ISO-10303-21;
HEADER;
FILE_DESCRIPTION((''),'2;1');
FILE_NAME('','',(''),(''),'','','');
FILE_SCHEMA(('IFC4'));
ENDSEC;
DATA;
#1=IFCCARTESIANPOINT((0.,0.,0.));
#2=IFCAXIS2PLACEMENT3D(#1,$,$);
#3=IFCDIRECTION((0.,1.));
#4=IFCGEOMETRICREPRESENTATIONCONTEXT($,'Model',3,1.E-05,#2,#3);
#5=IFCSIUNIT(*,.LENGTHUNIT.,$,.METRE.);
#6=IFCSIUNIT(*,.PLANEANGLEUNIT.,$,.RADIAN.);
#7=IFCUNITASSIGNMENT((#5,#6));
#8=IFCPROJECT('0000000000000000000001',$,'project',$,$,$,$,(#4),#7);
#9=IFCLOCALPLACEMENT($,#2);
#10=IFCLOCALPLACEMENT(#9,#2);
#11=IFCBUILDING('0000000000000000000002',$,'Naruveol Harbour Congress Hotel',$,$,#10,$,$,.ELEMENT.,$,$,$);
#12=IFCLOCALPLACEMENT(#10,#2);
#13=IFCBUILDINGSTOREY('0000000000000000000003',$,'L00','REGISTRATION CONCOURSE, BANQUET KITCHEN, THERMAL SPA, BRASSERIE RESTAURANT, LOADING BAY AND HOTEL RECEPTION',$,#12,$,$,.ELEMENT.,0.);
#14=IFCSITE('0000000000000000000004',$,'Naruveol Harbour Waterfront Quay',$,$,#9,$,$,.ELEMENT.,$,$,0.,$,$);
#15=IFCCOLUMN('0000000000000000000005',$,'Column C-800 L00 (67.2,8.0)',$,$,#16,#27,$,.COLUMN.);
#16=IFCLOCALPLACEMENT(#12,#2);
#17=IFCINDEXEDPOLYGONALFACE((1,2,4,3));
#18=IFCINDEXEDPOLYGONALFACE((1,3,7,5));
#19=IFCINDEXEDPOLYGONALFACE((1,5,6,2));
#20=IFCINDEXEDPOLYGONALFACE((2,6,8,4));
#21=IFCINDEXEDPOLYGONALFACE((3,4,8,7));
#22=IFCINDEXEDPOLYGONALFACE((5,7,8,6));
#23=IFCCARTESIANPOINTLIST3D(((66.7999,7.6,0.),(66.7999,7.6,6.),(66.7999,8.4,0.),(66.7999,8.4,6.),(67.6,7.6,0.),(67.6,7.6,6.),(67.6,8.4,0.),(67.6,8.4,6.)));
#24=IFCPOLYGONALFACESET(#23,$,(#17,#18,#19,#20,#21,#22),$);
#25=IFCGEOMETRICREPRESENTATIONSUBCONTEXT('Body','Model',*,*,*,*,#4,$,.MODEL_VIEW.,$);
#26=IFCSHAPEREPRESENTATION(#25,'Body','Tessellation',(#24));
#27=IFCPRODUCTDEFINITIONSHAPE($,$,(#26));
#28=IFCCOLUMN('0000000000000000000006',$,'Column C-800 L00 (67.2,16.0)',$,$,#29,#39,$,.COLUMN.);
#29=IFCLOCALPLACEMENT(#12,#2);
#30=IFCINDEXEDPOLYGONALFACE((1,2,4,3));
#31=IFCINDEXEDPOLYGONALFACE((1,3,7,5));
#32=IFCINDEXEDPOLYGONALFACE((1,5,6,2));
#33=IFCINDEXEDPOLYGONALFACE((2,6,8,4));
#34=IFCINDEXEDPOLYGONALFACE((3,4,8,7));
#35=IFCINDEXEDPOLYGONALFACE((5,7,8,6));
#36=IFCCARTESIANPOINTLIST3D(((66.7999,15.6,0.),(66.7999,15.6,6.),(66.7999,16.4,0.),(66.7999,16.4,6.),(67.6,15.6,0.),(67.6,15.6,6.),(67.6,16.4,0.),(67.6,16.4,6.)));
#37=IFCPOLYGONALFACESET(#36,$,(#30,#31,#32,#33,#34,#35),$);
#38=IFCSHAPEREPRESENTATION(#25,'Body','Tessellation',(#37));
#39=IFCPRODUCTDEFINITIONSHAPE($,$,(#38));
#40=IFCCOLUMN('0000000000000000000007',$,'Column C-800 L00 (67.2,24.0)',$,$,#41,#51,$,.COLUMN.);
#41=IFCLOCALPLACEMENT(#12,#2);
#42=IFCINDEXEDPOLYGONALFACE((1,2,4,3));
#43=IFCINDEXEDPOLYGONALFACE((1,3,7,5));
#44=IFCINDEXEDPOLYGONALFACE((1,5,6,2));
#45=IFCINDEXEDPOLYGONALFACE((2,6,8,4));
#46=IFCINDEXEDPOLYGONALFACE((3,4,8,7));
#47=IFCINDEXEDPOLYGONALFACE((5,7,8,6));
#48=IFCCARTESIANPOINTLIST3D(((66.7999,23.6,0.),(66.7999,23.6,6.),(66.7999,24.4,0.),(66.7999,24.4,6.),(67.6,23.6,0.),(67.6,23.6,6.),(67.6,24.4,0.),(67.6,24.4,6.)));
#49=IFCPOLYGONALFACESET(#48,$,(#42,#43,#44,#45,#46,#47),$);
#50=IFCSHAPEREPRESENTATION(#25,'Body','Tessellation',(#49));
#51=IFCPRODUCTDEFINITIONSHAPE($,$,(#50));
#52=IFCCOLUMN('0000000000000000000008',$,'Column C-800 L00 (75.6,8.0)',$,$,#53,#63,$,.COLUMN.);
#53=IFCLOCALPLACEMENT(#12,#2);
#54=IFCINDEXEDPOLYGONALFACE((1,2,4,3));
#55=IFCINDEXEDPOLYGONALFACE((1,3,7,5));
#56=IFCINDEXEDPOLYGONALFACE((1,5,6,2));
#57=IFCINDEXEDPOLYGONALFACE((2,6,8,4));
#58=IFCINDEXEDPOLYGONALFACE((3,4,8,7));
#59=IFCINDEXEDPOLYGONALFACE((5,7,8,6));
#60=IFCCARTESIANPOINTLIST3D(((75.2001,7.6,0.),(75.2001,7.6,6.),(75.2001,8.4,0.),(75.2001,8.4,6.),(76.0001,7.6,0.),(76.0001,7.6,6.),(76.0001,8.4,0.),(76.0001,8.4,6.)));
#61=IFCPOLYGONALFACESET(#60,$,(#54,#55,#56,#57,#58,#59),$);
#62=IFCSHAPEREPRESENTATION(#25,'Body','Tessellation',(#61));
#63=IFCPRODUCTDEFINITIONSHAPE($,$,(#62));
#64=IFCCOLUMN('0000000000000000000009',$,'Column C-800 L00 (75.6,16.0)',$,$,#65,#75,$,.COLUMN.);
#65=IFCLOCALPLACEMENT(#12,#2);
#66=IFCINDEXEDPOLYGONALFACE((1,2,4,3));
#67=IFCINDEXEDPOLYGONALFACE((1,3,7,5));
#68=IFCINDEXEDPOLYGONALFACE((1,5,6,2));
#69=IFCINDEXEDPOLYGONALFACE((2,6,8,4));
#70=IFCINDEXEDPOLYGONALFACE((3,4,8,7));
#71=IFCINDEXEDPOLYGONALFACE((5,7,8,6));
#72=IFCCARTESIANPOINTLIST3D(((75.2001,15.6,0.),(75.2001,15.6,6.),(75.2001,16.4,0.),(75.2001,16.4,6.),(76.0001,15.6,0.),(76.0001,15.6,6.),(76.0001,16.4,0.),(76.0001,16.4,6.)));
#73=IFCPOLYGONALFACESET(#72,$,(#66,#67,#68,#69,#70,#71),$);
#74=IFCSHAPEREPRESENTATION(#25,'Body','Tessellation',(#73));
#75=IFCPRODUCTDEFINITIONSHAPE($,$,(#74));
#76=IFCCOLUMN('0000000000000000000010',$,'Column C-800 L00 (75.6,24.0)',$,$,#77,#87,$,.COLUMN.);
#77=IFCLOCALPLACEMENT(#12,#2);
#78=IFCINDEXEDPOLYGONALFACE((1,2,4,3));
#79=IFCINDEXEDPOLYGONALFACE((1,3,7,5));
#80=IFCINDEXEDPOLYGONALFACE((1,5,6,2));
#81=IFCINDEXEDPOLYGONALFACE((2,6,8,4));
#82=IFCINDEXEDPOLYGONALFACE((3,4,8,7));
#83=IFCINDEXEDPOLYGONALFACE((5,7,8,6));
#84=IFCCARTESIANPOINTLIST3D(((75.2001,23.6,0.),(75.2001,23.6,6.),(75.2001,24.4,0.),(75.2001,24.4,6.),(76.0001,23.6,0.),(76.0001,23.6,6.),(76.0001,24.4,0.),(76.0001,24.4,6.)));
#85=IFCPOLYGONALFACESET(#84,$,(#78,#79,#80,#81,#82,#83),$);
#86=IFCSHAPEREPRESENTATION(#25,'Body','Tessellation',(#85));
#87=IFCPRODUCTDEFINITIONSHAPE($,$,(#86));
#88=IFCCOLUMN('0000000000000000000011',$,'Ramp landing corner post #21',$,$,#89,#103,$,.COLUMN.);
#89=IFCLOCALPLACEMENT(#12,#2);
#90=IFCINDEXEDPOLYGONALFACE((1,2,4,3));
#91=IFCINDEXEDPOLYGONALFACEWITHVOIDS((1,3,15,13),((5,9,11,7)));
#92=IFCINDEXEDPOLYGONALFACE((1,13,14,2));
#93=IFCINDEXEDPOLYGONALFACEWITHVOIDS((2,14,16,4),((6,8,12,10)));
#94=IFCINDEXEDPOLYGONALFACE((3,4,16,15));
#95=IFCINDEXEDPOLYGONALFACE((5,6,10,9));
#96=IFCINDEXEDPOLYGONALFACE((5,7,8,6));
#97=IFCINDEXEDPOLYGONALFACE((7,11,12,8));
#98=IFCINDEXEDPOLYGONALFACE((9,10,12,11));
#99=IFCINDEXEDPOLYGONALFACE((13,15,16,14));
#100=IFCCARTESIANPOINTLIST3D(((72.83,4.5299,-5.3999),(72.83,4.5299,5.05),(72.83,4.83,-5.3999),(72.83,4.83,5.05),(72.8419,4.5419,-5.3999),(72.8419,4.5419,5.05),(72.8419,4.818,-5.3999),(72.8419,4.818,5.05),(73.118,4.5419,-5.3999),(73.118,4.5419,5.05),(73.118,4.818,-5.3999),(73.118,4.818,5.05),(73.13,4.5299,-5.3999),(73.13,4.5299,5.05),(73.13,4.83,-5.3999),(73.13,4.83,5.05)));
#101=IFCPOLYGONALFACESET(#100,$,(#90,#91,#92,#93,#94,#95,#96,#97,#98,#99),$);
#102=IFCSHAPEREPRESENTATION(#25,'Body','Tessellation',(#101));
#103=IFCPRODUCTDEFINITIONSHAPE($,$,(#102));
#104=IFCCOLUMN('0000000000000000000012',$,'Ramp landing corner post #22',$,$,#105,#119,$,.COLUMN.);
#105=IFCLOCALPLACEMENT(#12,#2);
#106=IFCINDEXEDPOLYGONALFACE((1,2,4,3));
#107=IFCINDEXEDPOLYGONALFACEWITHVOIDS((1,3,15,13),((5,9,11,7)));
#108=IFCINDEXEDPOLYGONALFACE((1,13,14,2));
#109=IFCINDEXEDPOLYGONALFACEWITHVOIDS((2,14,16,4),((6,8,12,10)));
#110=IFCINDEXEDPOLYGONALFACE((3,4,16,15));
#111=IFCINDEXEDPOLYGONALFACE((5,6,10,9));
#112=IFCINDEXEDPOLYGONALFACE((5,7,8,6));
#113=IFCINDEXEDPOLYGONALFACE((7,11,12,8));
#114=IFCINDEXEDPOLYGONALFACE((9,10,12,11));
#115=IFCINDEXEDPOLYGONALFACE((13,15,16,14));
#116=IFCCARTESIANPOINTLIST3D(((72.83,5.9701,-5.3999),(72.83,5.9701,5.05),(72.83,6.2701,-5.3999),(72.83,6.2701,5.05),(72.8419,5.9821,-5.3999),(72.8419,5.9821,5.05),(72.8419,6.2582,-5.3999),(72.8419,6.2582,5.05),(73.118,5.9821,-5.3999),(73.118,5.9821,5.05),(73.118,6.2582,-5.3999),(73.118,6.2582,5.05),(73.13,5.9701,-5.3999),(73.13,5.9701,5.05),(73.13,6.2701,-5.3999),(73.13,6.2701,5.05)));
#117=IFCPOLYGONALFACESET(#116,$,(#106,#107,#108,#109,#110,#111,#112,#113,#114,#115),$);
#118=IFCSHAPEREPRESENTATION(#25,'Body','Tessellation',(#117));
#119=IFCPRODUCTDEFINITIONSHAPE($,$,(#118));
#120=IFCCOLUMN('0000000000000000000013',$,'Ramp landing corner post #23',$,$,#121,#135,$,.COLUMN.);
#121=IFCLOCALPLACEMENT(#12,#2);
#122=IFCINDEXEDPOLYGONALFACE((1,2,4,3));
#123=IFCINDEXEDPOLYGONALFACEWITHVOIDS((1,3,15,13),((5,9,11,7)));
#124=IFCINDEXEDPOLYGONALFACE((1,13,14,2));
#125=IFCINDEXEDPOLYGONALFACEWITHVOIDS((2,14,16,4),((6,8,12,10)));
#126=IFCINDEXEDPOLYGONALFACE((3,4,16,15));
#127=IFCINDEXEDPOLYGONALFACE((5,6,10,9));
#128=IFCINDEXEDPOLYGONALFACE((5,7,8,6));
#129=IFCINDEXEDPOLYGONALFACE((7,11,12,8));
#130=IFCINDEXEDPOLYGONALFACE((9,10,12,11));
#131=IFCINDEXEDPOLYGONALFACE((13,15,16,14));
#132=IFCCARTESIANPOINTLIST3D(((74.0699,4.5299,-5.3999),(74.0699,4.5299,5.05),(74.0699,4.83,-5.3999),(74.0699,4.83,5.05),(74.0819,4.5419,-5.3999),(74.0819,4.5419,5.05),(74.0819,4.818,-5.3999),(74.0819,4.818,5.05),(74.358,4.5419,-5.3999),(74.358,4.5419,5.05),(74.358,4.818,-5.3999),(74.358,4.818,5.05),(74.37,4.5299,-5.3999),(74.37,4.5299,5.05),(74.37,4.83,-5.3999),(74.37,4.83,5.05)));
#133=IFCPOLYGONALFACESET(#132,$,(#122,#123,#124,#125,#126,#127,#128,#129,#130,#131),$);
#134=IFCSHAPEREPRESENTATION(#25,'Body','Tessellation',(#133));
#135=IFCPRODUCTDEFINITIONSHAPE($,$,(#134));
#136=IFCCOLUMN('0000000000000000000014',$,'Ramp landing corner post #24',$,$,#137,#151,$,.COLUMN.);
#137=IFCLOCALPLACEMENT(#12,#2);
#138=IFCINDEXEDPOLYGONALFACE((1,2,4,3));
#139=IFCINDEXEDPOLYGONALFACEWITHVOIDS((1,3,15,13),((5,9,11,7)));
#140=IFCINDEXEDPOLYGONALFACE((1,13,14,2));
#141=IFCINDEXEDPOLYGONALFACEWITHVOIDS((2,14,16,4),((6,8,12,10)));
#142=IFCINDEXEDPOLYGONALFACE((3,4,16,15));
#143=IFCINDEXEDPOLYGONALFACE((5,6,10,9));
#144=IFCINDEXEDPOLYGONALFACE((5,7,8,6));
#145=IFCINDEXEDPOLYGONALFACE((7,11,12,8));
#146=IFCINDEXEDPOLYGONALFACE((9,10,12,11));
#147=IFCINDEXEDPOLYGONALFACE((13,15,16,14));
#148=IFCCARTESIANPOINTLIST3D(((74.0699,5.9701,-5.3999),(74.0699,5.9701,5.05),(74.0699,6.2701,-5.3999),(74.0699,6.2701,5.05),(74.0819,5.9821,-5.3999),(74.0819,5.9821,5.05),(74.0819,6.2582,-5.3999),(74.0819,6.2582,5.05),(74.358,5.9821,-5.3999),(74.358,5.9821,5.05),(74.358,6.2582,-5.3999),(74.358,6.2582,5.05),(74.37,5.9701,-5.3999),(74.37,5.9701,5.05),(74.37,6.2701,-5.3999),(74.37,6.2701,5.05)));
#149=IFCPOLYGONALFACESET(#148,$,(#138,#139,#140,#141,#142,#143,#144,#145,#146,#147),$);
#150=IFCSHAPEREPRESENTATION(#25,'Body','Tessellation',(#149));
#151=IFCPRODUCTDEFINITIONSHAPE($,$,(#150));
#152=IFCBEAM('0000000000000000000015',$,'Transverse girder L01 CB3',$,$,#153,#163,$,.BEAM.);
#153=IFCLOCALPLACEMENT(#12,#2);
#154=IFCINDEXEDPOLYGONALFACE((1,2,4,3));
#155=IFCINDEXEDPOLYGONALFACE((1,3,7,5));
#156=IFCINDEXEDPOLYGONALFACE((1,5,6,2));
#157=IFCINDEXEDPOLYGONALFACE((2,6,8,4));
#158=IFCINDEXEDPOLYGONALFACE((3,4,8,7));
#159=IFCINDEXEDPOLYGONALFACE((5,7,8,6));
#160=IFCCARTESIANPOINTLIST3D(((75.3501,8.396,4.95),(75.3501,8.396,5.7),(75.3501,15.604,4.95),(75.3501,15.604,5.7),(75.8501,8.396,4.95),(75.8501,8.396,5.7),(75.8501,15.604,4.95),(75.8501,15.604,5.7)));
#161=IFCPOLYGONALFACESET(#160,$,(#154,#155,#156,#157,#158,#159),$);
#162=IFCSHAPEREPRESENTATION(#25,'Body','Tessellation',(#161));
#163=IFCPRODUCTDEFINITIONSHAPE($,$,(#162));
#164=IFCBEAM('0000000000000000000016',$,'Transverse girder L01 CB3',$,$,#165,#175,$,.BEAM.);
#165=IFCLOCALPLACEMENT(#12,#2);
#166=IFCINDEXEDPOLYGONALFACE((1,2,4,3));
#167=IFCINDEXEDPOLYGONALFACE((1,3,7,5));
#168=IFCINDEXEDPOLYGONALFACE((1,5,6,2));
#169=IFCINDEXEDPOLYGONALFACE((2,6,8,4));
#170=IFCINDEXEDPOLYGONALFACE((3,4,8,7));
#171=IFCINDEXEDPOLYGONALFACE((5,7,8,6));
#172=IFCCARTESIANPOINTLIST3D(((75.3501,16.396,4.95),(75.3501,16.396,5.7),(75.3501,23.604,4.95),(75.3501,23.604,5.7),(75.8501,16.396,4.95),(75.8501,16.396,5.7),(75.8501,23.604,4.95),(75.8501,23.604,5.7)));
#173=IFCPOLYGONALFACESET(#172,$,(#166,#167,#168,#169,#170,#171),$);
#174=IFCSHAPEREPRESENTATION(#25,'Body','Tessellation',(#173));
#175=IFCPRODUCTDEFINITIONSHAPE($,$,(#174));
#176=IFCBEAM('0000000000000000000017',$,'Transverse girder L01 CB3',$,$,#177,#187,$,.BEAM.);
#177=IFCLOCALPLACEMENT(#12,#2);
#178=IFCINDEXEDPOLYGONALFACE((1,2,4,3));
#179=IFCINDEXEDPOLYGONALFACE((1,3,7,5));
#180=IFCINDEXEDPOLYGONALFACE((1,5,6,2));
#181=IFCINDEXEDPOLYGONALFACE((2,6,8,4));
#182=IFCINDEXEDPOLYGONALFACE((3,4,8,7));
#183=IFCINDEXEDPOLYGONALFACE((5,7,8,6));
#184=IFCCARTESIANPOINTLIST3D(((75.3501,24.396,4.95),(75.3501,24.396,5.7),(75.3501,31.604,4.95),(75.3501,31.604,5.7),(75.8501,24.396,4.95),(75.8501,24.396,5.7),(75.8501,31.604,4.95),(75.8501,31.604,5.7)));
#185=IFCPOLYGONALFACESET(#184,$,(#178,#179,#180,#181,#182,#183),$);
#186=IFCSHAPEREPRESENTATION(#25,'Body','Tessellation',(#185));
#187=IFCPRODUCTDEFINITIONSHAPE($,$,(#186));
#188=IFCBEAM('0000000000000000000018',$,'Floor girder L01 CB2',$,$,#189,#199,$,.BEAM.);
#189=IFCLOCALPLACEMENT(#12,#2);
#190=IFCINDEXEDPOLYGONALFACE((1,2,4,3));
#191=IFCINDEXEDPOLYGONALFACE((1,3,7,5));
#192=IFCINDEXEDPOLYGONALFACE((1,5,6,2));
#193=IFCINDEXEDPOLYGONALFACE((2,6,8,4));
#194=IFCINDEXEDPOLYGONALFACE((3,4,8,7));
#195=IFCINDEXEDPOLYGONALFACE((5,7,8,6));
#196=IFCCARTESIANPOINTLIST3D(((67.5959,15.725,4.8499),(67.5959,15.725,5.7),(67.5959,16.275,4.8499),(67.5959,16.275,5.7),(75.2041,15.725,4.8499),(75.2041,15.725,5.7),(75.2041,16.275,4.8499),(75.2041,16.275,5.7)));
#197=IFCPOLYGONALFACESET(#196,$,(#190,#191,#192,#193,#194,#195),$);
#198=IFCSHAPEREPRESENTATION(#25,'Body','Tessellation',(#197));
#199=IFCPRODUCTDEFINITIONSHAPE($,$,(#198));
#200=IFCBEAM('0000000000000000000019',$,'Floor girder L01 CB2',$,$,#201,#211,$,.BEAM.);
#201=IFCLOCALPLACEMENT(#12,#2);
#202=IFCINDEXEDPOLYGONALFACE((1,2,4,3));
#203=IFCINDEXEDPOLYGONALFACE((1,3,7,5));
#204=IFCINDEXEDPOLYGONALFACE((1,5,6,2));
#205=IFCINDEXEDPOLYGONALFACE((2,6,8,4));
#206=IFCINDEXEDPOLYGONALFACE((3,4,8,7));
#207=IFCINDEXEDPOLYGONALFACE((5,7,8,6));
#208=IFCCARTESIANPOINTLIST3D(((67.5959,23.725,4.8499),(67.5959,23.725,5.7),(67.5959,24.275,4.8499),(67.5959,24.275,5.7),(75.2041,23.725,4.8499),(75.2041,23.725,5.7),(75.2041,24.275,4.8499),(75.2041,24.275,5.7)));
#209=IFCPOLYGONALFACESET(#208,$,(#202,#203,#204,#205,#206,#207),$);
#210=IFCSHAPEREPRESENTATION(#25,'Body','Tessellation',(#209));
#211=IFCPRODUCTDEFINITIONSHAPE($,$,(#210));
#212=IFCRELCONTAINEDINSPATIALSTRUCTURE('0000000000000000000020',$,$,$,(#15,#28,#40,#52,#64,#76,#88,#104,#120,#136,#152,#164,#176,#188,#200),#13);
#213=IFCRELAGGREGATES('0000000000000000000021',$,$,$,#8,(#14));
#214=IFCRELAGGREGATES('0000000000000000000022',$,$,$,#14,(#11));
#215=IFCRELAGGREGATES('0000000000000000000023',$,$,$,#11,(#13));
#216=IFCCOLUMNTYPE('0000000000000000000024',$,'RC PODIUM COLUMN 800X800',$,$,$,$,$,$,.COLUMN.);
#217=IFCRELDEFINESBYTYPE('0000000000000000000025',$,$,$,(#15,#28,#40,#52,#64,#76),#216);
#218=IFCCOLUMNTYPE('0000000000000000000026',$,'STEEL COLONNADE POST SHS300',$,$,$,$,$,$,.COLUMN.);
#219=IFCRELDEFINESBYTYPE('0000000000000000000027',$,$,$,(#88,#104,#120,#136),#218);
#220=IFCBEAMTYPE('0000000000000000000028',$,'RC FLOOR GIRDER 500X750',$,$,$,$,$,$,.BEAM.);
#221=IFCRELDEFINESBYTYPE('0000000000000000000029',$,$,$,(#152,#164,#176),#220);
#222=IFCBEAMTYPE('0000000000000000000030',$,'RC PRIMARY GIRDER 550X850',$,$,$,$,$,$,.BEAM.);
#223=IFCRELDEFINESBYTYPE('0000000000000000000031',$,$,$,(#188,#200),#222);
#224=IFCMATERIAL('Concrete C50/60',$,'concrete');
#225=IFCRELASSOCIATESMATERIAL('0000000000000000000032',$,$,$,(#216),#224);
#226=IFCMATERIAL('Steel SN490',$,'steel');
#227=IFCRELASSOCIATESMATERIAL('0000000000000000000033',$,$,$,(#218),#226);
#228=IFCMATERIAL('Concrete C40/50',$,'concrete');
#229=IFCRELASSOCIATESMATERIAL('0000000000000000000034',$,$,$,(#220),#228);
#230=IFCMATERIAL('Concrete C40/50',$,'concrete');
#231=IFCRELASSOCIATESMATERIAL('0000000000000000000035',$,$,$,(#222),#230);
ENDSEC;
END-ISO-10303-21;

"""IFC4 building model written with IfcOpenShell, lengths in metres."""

from ifc_helpers import new_model, si_unit, direction, frame, origin, origin_2d, place, context, subcontext, project, spatial, rectangle, hollow_rectangle, extrude, material, material_profile, profile_set, type_object, element, save


model = new_model("IFC4")

# Units and contexts
model_context = context("Model", 3, precision=1e-05, world=origin(), true_north=direction((0.0, 1.0)))
body_context = subcontext(model_context, "Body", "Model", "MODEL_VIEW")
ifc_project = project(units=[si_unit("LENGTHUNIT", "METRE"), si_unit("PLANEANGLEUNIT", "RADIAN")], contexts=[model_context])

# Site, building, storey
site_placement = place(None, origin())
site = spatial("IfcSite", under=ifc_project, at=site_placement, Name="Naruveol Harbour Waterfront Quay", CompositionType="ELEMENT", RefElevation=0.0)
building_placement = place(site_placement, origin())
building = spatial("IfcBuilding", under=site, at=building_placement, Name="Naruveol Harbour Congress Hotel", CompositionType="ELEMENT")
storey_placement = place(building_placement, origin())
storey = spatial("IfcBuildingStorey", under=building, at=storey_placement, Name="L00", Description="REGISTRATION CONCOURSE, BANQUET KITCHEN, THERMAL SPA, BRASSERIE RESTAURANT, LOADING BAY AND HOTEL RECEPTION", CompositionType="ELEMENT", Elevation=0.0)

# Columns
ifc_material_1 = material(Name="Concrete C50/60", Category="concrete")
ifc_material_profile_1 = material_profile(ifc_material_1, rectangle(XDim=0.8, YDim=0.8, at=origin_2d()), Name="RC-800x800")
ifc_profile_set_1 = profile_set([ifc_material_profile_1], Name="Concrete C50/60")
column_type_1 = type_object("IfcColumnType", Name="RC PODIUM COLUMN 800X800", PredefinedType="COLUMN", material=ifc_profile_set_1)
for number, where, z_axis, x_axis, name in (
    (1, (67.2, 8.0, 0.0), (0.0, 0.0, 1.0), (1.0, 0.0, 0.0), "Column C-800 L00 (67.2,8.0)"),
    (2, (67.2, 16.0, 0.0), (0.0, 0.0, 1.0), (1.0, 0.0, 0.0), "Column C-800 L00 (67.2,16.0)"),
    (3, (67.2, 24.0, 0.0), (0.0, 0.0, 1.0), (1.0, 0.0, 0.0), "Column C-800 L00 (67.2,24.0)"),
    (4, (75.6001, 8.0, 0.0), (0.0, 0.0, 1.0), (1.0, 0.0, 0.0), "Column C-800 L00 (75.6,8.0)"),
    (5, (75.6001, 16.0, 0.0), (0.0, 0.0, 1.0), (1.0, 0.0, 0.0), "Column C-800 L00 (75.6,16.0)"),
    (6, (75.6001, 24.0, 0.0), (0.0, 0.0, 1.0), (1.0, 0.0, 0.0), "Column C-800 L00 (75.6,24.0)"),
):
    element("IfcColumn", number, at=place(storey_placement, frame(where, z_axis=z_axis, x_axis=x_axis)), inside=storey, type_object=column_type_1, Name=name, PredefinedType="COLUMN", context=body_context, shape_type="SweptSolid", body=[
        extrude(rectangle(XDim=0.8, YDim=0.8, at=origin_2d()), origin(), (0.0, 0.0, 1.0), 6.0),
    ])
ifc_material_2 = material(Name="Steel SN490", Category="steel")
ifc_material_profile_2 = material_profile(ifc_material_2, hollow_rectangle(XDim=0.3, YDim=0.3, WallThickness=0.012, at=origin_2d()), Name="SHS-300x300x12")
ifc_profile_set_2 = profile_set([ifc_material_profile_2], Name="Steel SN490")
column_type_2 = type_object("IfcColumnType", Name="STEEL COLONNADE POST SHS300", PredefinedType="COLUMN", material=ifc_profile_set_2)
for number, where, z_axis, x_axis, name in (
    (7, (72.98, 4.6799, -5.3999), (0.0, 0.0, 1.0), (1.0, 0.0, 0.0), "Ramp landing corner post #21"),
    (8, (72.98, 6.1201, -5.3999), (0.0, 0.0, 1.0), (1.0, 0.0, 0.0), "Ramp landing corner post #22"),
    (9, (74.22, 4.6799, -5.3999), (0.0, 0.0, 1.0), (1.0, 0.0, 0.0), "Ramp landing corner post #23"),
    (10, (74.22, 6.1201, -5.3999), (0.0, 0.0, 1.0), (1.0, 0.0, 0.0), "Ramp landing corner post #24"),
):
    element("IfcColumn", number, at=place(storey_placement, frame(where, z_axis=z_axis, x_axis=x_axis)), inside=storey, type_object=column_type_2, Name=name, PredefinedType="COLUMN", context=body_context, shape_type="SweptSolid", body=[
        extrude(hollow_rectangle(XDim=0.3, YDim=0.3, WallThickness=0.012, at=origin_2d()), origin(), (0.0, 0.0, 1.0), 10.45),
    ])

# Beams
ifc_material_3 = material(Name="Concrete C40/50", Category="concrete")
ifc_material_profile_3 = material_profile(ifc_material_3, rectangle(XDim=0.5, YDim=0.75, at=origin_2d()), Name="RCB-500x750")
ifc_profile_set_3 = profile_set([ifc_material_profile_3], Name="Concrete C40/50")
beam_type_1 = type_object("IfcBeamType", Name="RC FLOOR GIRDER 500X750", PredefinedType="BEAM", material=ifc_profile_set_3)
for number, where, z_axis, x_axis, name in (
    (11, (75.6001, 8.396, 5.325), (0.0, 1.0, 0.0), (-1.0, 0.0, 0.0), "Transverse girder L01 CB3"),
    (12, (75.6001, 16.396, 5.325), (0.0, 1.0, 0.0), (-1.0, 0.0, 0.0), "Transverse girder L01 CB3"),
    (13, (75.6001, 24.396, 5.325), (0.0, 1.0, 0.0), (-1.0, 0.0, 0.0), "Transverse girder L01 CB3"),
):
    element("IfcBeam", number, at=place(storey_placement, frame(where, z_axis=z_axis, x_axis=x_axis)), inside=storey, type_object=beam_type_1, Name=name, PredefinedType="BEAM", context=body_context, shape_type="SweptSolid", body=[
        extrude(rectangle(XDim=0.5, YDim=0.75, at=origin_2d()), origin(), (0.0, 0.0, 1.0), 7.208),
    ])
ifc_material_4 = material(Name="Concrete C40/50", Category="concrete")
ifc_material_profile_4 = material_profile(ifc_material_4, rectangle(XDim=0.55, YDim=0.8501, at=origin_2d()), Name="RCB-550x850")
ifc_profile_set_4 = profile_set([ifc_material_profile_4], Name="Concrete C40/50")
beam_type_2 = type_object("IfcBeamType", Name="RC PRIMARY GIRDER 550X850", PredefinedType="BEAM", material=ifc_profile_set_4)
for number, where, z_axis, x_axis, name in (
    (14, (67.5959, 16.0, 5.2749), (1.0, 0.0, 0.0), (0.0, 1.0, 0.0), "Floor girder L01 CB2"),
    (15, (67.5959, 24.0, 5.2749), (1.0, 0.0, 0.0), (0.0, 1.0, 0.0), "Floor girder L01 CB2"),
):
    element("IfcBeam", number, at=place(storey_placement, frame(where, z_axis=z_axis, x_axis=x_axis)), inside=storey, type_object=beam_type_2, Name=name, PredefinedType="BEAM", context=body_context, shape_type="SweptSolid", body=[
        extrude(rectangle(XDim=0.55, YDim=0.8501, at=origin_2d()), origin(), (0.0, 0.0, 1.0), 7.6082),
    ])

save(model, "model.ifc")
